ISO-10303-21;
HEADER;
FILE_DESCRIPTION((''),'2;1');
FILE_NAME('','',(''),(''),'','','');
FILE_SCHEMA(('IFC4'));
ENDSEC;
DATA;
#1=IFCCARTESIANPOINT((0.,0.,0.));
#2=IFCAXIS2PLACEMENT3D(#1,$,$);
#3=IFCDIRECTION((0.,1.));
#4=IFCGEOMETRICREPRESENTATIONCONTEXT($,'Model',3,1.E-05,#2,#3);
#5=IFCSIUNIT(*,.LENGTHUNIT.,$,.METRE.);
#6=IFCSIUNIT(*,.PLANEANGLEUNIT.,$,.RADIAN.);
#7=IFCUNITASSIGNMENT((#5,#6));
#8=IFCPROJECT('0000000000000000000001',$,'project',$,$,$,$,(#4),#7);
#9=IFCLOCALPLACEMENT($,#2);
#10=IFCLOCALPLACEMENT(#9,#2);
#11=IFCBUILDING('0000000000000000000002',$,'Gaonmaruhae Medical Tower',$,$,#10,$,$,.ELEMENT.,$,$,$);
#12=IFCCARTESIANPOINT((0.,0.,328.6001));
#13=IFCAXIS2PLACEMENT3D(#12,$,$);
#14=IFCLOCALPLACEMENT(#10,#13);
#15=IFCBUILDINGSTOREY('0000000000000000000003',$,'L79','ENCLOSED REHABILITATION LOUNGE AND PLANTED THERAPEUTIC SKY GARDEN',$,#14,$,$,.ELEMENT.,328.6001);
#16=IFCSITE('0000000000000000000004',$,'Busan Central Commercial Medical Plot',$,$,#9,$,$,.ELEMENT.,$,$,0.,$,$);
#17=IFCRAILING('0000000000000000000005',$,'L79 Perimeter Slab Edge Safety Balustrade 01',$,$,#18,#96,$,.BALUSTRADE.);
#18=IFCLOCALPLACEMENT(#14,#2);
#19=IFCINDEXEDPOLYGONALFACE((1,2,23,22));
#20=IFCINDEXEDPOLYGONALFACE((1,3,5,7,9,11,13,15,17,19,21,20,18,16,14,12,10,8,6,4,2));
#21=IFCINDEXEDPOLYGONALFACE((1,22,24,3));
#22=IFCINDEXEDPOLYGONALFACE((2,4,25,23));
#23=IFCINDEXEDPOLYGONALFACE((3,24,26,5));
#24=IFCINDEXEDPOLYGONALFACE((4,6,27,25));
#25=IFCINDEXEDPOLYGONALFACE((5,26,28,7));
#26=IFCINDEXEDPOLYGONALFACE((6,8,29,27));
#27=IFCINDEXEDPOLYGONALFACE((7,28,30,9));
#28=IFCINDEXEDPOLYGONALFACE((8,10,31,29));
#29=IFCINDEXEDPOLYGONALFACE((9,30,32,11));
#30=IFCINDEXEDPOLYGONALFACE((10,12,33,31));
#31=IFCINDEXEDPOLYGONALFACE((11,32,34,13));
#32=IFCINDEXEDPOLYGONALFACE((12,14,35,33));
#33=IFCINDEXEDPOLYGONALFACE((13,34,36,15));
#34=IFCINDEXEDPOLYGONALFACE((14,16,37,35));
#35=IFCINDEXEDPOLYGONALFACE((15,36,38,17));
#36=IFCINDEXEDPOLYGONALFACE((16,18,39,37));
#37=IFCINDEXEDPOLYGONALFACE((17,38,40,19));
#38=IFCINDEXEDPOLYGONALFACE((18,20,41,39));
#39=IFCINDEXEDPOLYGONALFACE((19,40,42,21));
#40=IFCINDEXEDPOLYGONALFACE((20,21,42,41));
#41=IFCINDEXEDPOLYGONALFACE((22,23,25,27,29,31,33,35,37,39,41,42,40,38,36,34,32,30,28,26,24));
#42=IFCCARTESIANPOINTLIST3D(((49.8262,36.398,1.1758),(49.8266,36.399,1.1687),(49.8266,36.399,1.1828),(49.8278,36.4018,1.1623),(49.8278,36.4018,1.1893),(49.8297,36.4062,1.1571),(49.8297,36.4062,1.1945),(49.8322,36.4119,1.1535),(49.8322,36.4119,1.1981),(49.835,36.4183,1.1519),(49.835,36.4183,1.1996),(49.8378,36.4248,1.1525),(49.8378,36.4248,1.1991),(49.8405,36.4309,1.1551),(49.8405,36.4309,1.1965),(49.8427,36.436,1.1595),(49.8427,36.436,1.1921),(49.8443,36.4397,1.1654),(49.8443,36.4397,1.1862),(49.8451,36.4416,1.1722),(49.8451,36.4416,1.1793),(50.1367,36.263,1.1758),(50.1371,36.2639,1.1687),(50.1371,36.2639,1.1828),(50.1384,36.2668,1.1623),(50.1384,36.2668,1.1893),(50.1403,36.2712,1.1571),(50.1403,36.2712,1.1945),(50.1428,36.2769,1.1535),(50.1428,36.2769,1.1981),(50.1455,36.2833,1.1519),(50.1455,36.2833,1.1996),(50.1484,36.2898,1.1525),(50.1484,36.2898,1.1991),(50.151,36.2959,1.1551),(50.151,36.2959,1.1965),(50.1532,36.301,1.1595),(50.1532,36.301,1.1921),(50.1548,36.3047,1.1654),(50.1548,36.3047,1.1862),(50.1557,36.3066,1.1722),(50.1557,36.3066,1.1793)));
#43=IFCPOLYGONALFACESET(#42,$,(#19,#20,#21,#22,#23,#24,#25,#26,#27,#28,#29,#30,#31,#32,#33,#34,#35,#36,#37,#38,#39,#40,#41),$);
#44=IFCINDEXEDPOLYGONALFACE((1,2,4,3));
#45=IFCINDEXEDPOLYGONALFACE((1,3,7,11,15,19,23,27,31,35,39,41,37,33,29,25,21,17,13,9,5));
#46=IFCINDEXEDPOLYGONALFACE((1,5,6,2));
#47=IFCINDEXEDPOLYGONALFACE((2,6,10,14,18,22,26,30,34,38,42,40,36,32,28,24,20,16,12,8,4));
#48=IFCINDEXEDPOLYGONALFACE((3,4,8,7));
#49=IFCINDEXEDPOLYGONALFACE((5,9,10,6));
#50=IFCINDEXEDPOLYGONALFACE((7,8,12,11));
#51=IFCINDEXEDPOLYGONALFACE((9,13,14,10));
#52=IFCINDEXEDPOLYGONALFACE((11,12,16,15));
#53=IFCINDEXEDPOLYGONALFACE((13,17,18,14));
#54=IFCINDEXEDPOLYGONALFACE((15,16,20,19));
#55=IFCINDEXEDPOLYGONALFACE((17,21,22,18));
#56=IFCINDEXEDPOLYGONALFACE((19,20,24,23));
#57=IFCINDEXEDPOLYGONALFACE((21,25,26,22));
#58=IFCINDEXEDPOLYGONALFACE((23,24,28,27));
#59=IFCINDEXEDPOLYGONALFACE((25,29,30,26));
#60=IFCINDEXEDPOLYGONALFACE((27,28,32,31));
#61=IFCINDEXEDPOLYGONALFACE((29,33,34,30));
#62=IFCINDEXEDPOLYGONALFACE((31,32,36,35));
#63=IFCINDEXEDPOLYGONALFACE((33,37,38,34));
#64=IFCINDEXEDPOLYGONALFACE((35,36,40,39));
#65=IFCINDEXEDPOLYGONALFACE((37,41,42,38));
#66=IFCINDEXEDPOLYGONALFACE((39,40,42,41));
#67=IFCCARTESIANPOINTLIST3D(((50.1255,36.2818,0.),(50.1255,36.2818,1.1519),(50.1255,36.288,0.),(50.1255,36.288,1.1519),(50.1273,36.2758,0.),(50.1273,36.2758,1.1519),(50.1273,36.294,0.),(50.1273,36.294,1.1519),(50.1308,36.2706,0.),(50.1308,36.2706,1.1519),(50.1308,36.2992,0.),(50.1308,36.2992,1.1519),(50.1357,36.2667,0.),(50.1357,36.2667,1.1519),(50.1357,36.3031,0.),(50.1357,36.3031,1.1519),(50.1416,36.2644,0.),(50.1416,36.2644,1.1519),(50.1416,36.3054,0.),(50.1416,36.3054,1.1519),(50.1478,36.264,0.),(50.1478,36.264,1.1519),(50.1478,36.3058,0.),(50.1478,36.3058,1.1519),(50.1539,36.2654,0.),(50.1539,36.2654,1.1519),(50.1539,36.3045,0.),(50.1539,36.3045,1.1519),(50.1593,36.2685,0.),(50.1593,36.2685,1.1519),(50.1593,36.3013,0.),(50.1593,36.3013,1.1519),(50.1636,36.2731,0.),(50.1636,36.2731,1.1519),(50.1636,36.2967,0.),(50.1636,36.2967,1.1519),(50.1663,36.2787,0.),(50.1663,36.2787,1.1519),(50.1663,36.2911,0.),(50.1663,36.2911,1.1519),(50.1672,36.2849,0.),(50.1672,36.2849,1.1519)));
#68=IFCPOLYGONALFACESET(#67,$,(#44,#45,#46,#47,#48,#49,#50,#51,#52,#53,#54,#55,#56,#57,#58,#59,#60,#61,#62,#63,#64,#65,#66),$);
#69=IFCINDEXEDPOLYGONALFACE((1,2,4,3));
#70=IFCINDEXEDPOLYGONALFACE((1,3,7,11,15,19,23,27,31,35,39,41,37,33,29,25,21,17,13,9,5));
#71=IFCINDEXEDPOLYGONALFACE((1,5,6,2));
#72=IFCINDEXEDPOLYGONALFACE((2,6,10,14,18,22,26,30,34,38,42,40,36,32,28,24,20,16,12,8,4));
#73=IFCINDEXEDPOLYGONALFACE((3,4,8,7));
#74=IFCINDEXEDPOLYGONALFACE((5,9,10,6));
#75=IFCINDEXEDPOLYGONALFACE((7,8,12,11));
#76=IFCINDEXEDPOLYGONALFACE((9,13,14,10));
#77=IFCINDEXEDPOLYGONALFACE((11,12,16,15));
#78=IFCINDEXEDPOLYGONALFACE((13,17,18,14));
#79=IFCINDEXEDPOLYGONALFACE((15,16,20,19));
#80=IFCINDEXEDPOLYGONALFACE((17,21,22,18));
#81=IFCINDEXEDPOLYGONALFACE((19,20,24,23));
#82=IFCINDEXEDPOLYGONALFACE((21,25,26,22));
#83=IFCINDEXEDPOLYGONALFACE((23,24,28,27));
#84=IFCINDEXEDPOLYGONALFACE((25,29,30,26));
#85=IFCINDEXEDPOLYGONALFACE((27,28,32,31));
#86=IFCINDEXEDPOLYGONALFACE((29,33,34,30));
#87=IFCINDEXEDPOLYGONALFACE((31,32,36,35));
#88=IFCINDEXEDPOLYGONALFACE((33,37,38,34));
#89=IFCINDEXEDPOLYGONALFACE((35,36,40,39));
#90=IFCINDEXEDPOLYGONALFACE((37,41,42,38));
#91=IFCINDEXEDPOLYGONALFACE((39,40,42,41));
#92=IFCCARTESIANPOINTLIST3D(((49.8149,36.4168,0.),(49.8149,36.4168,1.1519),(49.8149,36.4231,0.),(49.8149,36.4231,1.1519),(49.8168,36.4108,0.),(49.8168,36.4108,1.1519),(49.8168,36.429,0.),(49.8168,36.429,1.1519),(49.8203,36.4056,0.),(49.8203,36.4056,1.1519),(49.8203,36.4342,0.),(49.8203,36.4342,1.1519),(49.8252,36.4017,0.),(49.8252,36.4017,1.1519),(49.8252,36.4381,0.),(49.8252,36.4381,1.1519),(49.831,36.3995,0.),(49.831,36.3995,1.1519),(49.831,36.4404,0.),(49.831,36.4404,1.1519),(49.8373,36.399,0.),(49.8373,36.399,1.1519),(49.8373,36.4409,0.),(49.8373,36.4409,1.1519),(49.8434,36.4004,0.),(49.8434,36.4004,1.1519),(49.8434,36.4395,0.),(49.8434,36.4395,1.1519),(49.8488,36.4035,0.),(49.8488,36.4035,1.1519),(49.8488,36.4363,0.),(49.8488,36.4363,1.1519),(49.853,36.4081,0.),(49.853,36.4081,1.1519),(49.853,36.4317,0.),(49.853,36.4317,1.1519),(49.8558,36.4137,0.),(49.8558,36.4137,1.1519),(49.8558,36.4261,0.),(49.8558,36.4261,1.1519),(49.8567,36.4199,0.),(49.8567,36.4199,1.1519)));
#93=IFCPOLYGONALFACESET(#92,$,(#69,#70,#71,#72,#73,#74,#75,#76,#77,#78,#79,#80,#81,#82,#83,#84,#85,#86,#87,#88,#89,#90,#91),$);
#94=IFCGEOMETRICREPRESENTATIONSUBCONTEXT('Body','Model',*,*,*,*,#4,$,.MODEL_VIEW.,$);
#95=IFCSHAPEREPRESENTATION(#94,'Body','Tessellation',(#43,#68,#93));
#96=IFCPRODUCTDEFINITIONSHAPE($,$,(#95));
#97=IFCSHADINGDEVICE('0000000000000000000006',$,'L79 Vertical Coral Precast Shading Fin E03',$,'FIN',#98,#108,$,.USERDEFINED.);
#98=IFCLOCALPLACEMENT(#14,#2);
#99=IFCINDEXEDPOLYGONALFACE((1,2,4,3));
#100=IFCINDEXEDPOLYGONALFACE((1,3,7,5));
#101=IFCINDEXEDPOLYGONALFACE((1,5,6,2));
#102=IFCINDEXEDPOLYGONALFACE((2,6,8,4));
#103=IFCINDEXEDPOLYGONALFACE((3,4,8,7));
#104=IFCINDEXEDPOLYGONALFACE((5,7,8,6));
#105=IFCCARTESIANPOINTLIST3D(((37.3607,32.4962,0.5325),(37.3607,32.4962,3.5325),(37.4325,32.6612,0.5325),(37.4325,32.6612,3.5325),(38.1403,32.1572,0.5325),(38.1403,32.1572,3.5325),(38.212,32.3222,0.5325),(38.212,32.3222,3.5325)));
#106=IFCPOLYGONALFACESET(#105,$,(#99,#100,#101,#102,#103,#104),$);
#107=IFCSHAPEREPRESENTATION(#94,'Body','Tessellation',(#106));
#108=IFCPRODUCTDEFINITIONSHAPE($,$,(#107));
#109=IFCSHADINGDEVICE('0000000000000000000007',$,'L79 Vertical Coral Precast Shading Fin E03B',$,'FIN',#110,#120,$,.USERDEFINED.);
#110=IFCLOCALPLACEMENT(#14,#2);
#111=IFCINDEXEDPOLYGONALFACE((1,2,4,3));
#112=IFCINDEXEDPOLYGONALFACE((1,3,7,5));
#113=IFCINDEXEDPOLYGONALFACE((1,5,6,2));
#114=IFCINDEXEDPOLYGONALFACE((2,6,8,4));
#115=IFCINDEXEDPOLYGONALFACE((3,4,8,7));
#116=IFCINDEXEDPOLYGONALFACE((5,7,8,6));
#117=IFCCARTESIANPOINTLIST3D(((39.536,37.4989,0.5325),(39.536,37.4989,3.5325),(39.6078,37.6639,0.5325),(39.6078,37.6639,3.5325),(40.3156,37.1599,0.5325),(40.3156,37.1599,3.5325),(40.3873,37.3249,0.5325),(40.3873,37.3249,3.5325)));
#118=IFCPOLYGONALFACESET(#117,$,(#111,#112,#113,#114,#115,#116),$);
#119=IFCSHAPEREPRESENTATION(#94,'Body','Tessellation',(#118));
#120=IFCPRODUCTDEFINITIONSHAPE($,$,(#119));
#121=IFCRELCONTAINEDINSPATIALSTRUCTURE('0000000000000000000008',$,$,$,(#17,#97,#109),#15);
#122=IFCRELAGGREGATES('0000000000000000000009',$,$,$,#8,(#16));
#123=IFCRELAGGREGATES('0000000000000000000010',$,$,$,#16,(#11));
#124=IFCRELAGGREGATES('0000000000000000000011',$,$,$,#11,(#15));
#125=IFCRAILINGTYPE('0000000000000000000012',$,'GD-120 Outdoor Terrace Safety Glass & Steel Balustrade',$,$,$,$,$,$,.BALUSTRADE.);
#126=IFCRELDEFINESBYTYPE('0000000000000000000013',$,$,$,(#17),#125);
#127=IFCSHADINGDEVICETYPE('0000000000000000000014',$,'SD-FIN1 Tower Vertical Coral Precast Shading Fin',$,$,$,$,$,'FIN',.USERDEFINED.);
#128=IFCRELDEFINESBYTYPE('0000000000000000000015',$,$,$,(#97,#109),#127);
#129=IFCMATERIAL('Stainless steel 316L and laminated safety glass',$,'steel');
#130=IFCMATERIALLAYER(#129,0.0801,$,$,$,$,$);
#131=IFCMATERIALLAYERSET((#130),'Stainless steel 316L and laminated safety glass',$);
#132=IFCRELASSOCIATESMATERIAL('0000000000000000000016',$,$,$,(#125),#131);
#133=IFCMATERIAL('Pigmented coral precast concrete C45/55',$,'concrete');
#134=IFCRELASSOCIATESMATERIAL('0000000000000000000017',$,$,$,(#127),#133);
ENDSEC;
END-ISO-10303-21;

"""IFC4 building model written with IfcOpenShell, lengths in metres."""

from ifc_helpers import new_model, si_unit, direction, frame, origin, origin_2d, place, context, subcontext, project, spatial, rectangle, circle, extrude, material, layer, layer_set, type_object, element, save


model = new_model("IFC4")

# Units and contexts
model_context = context("Model", 3, precision=1e-05, world=origin(), true_north=direction((0.0, 1.0)))
body_context = subcontext(model_context, "Body", "Model", "MODEL_VIEW")
ifc_project = project(units=[si_unit("LENGTHUNIT", "METRE"), si_unit("PLANEANGLEUNIT", "RADIAN")], contexts=[model_context])

# Site, building, storey
site_placement = place(None, origin())
site = spatial("IfcSite", under=ifc_project, at=site_placement, Name="Busan Central Commercial Medical Plot", CompositionType="ELEMENT", RefElevation=0.0)
building_placement = place(site_placement, origin())
building = spatial("IfcBuilding", under=site, at=building_placement, Name="Gaonmaruhae Medical Tower", CompositionType="ELEMENT")
storey_placement = place(building_placement, frame((0.0, 0.0, 328.6001)))
storey = spatial("IfcBuildingStorey", under=building, at=storey_placement, Name="L79", Description="ENCLOSED REHABILITATION LOUNGE AND PLANTED THERAPEUTIC SKY GARDEN", CompositionType="ELEMENT", Elevation=328.6001)

# Railing
ifc_material_1 = material(Name="Stainless steel 316L and laminated safety glass", Category="steel")
ifc_layer_1 = layer(ifc_material_1, 0.0801)
ifc_layer_set_1 = layer_set([ifc_layer_1], Name="Stainless steel 316L and laminated safety glass")
railing_type = type_object("IfcRailingType", Name="GD-120 Outdoor Terrace Safety Glass & Steel Balustrade", PredefinedType="BALUSTRADE", material=ifc_layer_set_1)
railing_placement = place(storey_placement, frame((50.1462, 36.2849, 0.0)))
element("IfcRailing", 1, at=railing_placement, inside=storey, type_object=railing_type, Name="L79 Perimeter Slab Edge Safety Balustrade 01", PredefinedType="BALUSTRADE", context=body_context, shape_type="SweptSolid", body=[
    extrude(circle(Radius=0.0239, at=origin_2d()), frame((0.0, 0.0, 1.1758), z_axis=(-0.917082, 0.3987, 0.0), x_axis=(-0.3987, -0.917082, 0.0)), (0.0, 0.0, 1.0), 0.3386),
    extrude(circle(Radius=0.021, at=origin_2d()), origin(), (0.0, 0.0, 1.0), 1.1519),
    extrude(circle(Radius=0.021, at=origin_2d()), frame((-0.3105, 0.135, 0.0)), (0.0, 0.0, 1.0), 1.1519),
])

# Shading devices
ifc_material_2 = material(Name="Pigmented coral precast concrete C45/55", Category="concrete")
shading_device_type = type_object("IfcShadingDeviceType", Name="SD-FIN1 Tower Vertical Coral Precast Shading Fin", ElementType="FIN", PredefinedType="USERDEFINED", material=ifc_material_2)
for number, where, z_axis, x_axis, name in (
    (2, (37.7864, 32.4092, 0.5325), (0.0, 0.0, 1.0), (0.398765, 0.917053, 0.0), "L79 Vertical Coral Precast Shading Fin E03"),
    (3, (39.9617, 37.4119, 0.5325), (0.0, 0.0, 1.0), (0.398765, 0.917053, 0.0), "L79 Vertical Coral Precast Shading Fin E03B"),
):
    element("IfcShadingDevice", number, at=place(storey_placement, frame(where, z_axis=z_axis, x_axis=x_axis)), inside=storey, type_object=shading_device_type, Name=name, ObjectType="FIN", PredefinedType="USERDEFINED", context=body_context, shape_type="SweptSolid", body=[
        extrude(rectangle(XDim=0.1799, YDim=0.8501, at=origin_2d()), origin(), (0.0, 0.0, 1.0), 3.0),
    ])

save(model, "model.ifc")
